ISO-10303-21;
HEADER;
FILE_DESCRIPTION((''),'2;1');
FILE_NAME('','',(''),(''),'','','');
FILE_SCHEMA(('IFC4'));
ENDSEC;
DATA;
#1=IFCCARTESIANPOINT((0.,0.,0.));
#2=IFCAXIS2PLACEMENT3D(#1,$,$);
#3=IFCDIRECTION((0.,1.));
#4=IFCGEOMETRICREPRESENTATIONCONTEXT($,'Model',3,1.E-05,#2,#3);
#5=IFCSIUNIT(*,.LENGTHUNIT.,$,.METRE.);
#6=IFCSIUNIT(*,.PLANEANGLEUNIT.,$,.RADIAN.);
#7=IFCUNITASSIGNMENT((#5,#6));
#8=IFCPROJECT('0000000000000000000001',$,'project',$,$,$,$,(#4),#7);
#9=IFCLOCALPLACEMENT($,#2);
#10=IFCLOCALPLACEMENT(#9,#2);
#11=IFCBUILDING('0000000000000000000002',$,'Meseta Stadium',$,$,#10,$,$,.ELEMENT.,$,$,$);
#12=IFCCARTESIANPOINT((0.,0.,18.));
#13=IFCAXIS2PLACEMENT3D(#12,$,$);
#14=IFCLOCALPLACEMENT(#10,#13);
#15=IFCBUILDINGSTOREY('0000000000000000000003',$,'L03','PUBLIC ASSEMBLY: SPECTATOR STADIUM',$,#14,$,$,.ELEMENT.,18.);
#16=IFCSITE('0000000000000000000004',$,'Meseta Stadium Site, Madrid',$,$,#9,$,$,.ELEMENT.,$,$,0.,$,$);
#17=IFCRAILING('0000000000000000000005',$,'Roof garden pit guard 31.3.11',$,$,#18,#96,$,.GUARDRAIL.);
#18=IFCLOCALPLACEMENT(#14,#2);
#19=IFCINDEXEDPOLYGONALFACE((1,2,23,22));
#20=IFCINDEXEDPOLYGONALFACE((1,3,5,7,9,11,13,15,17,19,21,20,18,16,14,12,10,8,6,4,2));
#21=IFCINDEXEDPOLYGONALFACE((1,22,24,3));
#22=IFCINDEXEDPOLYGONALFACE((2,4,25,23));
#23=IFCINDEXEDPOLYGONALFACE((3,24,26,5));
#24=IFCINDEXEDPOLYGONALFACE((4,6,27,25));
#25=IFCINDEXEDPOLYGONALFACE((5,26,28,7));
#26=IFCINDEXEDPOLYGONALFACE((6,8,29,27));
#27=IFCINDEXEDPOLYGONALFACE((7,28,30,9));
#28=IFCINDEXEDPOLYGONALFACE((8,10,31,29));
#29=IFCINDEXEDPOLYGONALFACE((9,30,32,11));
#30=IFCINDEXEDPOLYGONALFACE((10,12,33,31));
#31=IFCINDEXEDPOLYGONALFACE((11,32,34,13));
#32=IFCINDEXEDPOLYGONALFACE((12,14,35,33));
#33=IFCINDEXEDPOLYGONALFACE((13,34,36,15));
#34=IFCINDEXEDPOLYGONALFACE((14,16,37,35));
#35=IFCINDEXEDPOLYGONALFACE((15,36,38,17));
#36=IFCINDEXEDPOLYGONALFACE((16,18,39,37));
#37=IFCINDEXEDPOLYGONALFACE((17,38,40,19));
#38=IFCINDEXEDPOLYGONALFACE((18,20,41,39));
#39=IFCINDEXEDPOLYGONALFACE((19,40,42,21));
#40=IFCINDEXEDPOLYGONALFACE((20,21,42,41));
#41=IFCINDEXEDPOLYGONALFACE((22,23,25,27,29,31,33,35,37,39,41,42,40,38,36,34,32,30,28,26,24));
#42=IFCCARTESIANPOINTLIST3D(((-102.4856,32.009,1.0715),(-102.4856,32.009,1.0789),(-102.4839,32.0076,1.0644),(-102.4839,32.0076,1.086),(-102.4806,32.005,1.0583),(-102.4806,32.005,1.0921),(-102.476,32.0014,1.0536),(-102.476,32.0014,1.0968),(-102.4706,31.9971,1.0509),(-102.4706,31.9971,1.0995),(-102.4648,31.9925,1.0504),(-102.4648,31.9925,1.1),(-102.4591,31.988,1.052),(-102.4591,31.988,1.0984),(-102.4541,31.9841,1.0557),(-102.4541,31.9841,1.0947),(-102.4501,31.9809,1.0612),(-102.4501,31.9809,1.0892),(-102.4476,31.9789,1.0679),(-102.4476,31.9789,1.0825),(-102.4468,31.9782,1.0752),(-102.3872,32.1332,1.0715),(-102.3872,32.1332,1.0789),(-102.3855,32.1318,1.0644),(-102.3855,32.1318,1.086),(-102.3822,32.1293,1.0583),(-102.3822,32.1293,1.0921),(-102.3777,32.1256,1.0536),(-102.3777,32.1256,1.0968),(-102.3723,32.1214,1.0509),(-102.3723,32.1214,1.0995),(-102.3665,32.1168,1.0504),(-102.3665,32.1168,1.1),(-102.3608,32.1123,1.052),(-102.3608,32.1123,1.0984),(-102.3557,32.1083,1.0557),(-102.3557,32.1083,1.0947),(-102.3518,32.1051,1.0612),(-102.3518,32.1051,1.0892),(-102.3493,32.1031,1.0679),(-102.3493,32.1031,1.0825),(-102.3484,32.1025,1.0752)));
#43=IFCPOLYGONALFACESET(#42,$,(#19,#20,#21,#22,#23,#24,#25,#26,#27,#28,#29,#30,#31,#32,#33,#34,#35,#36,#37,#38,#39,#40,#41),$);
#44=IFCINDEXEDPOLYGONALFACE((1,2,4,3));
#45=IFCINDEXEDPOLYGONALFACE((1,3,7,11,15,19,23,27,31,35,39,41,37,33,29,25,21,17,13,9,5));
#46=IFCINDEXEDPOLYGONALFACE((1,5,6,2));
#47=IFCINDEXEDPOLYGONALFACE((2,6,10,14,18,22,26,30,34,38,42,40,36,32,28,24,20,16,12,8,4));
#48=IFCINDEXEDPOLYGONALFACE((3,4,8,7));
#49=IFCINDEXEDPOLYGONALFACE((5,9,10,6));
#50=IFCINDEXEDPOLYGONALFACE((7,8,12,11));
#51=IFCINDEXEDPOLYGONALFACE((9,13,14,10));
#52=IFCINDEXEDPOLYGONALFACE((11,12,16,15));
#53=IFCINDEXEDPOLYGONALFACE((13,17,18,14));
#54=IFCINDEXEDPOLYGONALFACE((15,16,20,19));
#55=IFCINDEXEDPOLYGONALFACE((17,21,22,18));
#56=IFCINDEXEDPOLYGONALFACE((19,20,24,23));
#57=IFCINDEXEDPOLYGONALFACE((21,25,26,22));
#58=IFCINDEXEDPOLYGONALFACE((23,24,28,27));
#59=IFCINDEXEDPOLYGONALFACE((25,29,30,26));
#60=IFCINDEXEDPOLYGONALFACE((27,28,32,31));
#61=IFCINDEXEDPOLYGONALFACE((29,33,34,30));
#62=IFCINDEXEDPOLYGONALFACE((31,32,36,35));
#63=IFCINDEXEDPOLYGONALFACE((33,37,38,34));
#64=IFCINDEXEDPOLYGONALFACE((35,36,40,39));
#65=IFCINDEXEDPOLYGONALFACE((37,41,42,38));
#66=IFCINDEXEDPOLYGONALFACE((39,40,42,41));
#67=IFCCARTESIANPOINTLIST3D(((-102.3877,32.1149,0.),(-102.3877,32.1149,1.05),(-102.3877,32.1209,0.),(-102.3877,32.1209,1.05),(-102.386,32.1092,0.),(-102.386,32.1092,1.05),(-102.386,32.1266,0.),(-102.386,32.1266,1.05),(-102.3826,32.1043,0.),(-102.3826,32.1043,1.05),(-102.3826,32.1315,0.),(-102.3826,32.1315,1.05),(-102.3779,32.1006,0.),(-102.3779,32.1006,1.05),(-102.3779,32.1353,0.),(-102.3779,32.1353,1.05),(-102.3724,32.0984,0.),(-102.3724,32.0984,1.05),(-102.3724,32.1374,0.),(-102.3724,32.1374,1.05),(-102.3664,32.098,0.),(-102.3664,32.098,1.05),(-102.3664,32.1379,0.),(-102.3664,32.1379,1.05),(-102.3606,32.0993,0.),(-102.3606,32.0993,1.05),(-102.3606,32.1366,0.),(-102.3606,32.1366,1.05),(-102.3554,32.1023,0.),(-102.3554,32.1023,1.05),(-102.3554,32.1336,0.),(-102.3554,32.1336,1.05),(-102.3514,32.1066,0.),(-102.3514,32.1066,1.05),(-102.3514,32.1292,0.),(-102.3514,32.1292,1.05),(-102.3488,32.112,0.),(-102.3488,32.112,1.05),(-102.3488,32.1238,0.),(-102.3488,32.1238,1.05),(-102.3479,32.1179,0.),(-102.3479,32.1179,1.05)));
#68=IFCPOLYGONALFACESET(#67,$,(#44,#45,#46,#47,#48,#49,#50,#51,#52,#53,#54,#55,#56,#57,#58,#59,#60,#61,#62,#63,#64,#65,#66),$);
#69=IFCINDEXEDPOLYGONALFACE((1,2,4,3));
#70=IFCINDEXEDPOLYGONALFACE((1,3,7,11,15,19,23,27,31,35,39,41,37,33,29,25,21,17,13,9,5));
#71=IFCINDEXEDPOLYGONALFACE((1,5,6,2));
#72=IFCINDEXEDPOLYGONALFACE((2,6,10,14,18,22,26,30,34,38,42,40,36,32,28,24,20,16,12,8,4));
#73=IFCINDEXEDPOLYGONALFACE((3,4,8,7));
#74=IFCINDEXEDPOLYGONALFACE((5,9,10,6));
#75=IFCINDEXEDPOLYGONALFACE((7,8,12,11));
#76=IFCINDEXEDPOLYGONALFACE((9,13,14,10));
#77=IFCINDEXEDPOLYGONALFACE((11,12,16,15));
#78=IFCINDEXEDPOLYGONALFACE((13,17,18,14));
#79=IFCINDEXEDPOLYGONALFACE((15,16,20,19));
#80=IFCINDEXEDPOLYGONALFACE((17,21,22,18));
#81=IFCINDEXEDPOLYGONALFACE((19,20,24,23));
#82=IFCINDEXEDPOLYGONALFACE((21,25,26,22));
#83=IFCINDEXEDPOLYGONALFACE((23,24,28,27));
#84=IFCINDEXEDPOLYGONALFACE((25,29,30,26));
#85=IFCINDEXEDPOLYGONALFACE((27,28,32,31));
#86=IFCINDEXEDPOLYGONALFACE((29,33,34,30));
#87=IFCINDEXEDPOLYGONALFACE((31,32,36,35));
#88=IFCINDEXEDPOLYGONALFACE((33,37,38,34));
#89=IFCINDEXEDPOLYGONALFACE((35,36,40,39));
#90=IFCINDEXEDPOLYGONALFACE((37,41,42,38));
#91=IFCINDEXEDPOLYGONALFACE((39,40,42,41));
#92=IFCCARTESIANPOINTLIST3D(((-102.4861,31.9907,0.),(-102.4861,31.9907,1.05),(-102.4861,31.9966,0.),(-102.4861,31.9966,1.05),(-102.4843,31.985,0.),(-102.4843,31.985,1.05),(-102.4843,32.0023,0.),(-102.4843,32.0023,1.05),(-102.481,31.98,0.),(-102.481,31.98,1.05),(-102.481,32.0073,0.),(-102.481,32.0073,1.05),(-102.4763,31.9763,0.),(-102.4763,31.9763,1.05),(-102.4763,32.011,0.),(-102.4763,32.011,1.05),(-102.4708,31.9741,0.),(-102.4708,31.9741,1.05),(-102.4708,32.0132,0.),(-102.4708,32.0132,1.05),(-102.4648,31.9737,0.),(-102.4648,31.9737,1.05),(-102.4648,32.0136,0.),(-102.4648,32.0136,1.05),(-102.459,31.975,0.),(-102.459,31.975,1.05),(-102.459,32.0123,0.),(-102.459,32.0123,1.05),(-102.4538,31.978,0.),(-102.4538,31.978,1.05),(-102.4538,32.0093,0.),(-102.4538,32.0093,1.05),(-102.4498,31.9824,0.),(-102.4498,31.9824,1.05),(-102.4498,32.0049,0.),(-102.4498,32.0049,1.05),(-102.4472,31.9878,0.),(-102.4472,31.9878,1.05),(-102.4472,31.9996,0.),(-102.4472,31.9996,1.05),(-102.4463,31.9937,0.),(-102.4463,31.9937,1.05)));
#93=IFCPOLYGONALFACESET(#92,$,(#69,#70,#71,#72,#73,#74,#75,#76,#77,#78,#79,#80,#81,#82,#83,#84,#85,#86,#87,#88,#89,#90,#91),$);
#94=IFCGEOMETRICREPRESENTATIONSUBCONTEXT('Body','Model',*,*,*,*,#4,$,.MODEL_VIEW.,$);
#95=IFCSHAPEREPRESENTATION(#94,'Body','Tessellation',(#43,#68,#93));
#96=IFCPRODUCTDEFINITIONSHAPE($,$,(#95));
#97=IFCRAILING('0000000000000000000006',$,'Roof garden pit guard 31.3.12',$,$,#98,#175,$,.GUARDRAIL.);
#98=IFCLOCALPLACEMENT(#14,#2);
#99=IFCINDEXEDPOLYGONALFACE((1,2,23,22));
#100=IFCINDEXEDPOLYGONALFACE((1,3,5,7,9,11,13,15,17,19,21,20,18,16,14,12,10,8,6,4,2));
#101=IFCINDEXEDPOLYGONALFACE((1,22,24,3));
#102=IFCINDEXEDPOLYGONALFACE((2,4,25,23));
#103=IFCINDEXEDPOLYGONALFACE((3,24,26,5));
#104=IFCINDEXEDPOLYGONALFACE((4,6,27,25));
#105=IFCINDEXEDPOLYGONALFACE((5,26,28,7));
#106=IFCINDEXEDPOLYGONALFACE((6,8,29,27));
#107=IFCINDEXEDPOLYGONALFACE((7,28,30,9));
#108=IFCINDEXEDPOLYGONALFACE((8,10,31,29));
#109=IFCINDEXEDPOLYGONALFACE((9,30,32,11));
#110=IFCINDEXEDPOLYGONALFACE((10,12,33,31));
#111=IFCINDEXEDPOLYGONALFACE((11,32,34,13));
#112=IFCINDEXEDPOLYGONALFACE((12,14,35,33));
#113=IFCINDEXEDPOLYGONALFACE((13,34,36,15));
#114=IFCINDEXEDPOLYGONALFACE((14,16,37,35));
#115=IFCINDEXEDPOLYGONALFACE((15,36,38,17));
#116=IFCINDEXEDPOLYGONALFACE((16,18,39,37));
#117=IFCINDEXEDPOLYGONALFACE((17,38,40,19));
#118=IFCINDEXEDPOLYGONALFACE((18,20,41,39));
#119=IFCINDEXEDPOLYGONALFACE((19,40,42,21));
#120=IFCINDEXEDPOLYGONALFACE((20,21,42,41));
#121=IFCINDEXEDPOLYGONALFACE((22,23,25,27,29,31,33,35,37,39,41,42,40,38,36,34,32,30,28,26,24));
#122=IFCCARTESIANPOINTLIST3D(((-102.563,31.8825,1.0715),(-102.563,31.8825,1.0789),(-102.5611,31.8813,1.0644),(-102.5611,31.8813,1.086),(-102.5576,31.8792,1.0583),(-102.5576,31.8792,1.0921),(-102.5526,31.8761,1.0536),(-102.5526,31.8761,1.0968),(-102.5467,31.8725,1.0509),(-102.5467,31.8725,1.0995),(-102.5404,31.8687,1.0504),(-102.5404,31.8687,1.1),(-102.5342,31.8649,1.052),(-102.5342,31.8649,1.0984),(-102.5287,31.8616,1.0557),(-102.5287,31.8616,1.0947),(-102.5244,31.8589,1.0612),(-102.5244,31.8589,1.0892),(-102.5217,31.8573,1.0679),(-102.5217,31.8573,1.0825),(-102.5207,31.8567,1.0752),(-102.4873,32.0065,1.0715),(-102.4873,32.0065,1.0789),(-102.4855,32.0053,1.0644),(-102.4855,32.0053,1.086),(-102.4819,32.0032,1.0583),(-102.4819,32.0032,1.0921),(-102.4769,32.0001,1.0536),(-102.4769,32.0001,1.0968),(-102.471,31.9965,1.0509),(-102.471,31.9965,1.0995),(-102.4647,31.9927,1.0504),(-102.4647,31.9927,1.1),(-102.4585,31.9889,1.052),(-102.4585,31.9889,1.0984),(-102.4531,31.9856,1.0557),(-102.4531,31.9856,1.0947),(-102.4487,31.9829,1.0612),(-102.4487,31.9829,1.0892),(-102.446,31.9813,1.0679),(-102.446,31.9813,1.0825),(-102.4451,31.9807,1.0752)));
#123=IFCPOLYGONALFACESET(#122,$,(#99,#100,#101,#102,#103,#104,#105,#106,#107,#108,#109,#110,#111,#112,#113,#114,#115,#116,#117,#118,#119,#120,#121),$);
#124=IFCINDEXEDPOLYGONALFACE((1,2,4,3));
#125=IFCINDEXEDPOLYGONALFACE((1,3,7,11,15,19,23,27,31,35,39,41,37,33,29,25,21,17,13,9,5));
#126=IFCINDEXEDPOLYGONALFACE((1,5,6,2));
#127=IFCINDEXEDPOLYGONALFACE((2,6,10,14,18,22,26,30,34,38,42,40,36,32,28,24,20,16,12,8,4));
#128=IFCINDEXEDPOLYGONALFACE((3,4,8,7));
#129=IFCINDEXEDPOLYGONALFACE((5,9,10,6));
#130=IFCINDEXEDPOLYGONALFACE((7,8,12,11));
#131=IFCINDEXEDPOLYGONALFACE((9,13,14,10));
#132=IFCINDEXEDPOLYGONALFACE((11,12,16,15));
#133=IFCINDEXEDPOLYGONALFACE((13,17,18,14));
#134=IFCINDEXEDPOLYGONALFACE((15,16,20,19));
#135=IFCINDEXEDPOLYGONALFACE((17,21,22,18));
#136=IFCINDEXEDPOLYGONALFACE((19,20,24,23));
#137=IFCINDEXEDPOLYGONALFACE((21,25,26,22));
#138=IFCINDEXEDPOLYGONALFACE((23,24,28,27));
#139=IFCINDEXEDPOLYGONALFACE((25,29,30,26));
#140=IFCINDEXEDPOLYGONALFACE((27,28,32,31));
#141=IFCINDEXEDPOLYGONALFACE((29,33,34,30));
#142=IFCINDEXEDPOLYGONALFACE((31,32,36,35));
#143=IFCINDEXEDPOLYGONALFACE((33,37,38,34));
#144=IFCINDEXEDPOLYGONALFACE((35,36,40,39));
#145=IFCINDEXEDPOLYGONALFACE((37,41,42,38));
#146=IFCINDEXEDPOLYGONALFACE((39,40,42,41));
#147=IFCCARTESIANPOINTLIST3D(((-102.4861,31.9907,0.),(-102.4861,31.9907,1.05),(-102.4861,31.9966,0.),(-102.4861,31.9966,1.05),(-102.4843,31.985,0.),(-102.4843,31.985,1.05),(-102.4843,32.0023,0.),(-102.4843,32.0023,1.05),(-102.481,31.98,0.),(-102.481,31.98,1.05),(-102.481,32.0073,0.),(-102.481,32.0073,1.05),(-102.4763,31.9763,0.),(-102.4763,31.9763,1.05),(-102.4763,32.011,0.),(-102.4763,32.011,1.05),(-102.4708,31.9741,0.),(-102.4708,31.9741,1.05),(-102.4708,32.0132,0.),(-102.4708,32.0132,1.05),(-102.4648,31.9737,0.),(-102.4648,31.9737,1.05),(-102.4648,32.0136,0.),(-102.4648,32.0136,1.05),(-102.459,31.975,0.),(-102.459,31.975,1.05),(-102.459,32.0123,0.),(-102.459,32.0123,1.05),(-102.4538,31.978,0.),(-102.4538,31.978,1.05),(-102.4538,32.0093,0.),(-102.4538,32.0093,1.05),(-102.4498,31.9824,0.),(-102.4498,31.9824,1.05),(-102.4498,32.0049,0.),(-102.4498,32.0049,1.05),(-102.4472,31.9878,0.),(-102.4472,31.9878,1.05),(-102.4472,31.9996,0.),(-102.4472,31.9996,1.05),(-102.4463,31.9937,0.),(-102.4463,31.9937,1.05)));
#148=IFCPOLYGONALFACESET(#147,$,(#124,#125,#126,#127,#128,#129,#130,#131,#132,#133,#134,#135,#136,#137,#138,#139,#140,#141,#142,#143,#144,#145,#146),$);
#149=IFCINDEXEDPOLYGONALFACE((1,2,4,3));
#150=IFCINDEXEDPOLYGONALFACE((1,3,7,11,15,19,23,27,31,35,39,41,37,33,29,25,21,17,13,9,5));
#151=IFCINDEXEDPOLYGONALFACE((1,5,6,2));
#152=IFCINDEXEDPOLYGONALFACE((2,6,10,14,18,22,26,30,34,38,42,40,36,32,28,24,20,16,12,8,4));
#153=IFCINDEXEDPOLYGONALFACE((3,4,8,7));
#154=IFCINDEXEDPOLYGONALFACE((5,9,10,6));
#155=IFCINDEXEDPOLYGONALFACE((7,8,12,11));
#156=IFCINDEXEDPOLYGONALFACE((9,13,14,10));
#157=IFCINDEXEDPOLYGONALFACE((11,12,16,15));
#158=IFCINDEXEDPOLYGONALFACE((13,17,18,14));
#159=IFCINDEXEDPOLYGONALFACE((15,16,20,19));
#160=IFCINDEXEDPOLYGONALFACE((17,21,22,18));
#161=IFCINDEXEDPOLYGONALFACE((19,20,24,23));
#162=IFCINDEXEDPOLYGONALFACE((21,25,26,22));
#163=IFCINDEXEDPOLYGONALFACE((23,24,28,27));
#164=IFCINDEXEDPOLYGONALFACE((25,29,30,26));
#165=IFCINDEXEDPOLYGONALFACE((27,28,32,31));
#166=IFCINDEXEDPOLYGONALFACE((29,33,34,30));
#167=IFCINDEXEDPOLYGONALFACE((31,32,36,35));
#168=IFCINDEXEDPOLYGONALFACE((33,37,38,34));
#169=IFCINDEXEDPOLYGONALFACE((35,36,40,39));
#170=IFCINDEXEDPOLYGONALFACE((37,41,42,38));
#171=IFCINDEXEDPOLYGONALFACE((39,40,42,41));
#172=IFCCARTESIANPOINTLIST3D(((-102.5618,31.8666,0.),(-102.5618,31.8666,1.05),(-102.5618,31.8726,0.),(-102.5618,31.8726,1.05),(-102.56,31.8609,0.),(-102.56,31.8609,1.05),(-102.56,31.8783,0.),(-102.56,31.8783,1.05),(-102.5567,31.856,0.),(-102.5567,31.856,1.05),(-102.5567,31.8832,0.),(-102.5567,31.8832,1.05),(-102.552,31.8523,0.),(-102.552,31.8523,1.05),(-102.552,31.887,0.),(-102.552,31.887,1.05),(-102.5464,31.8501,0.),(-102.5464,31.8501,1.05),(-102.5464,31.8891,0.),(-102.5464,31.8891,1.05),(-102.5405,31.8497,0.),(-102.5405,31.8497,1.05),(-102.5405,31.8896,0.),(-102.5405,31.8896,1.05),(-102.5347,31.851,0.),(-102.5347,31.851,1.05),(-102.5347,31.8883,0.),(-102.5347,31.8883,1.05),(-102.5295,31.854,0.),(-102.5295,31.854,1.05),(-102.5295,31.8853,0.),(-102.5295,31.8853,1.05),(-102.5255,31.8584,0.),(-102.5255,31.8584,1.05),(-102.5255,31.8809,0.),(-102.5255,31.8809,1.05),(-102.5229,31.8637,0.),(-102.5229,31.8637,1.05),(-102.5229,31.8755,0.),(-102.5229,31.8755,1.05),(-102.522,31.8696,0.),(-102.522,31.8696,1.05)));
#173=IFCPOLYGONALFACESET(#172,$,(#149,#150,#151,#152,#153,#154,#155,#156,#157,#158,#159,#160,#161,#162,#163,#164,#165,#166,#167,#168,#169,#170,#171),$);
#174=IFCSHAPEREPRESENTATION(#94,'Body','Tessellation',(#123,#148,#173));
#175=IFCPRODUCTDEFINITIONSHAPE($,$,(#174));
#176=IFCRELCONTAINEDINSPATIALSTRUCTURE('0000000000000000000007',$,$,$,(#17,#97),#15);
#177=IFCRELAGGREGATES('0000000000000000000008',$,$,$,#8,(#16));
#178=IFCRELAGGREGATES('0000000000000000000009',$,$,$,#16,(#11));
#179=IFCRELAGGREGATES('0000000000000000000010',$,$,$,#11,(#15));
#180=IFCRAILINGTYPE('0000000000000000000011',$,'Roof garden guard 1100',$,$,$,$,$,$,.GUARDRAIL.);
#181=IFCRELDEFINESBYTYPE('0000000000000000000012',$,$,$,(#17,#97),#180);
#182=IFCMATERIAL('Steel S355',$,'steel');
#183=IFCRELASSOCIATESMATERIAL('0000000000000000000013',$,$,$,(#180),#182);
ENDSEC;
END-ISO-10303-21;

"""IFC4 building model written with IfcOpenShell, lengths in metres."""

from ifc_helpers import new_model, si_unit, direction, frame, origin, origin_2d, place, context, subcontext, project, spatial, circle, extrude, material, type_object, element, save


model = new_model("IFC4")

# Units and contexts
model_context = context("Model", 3, precision=1e-05, world=origin(), true_north=direction((0.0, 1.0)))
body_context = subcontext(model_context, "Body", "Model", "MODEL_VIEW")
ifc_project = project(units=[si_unit("LENGTHUNIT", "METRE"), si_unit("PLANEANGLEUNIT", "RADIAN")], contexts=[model_context])

# Site, building, storey
site_placement = place(None, origin())
site = spatial("IfcSite", under=ifc_project, at=site_placement, Name="Meseta Stadium Site, Madrid", CompositionType="ELEMENT", RefElevation=0.0)
building_placement = place(site_placement, origin())
building = spatial("IfcBuilding", under=site, at=building_placement, Name="Meseta Stadium", CompositionType="ELEMENT")
storey_placement = place(building_placement, frame((0.0, 0.0, 18.0)))
storey = spatial("IfcBuildingStorey", under=building, at=storey_placement, Name="L03", Description="PUBLIC ASSEMBLY: SPECTATOR STADIUM", CompositionType="ELEMENT", Elevation=18.0)

# Railings
ifc_material_1 = material(Name="Steel S355", Category="steel")
railing_type = type_object("IfcRailingType", Name="Roof garden guard 1100", PredefinedType="GUARDRAIL", material=ifc_material_1)
railing_1_placement = place(storey_placement, frame((-102.3679, 32.1179, 0.0)))
element("IfcRailing", 1, at=railing_1_placement, inside=storey, type_object=railing_type, Name="Roof garden pit guard 31.3.11", PredefinedType="GUARDRAIL", context=body_context, shape_type="SweptSolid", body=[
    extrude(circle(Radius=0.0249, at=origin_2d()), frame((0.0, 0.0, 1.0752), z_axis=(-0.620742, -0.784015, 0.0), x_axis=(0.784015, -0.620742, 0.0)), (0.0, 0.0, 1.0), 0.1584),
    extrude(circle(Radius=0.02, at=origin_2d()), origin(), (0.0, 0.0, 1.0), 1.05),
    extrude(circle(Radius=0.02, at=origin_2d()), frame((-0.0984, -0.1243, 0.0)), (0.0, 0.0, 1.0), 1.05),
])
railing_2_placement = place(storey_placement, frame((-102.4663, 31.9937, 0.0)))
element("IfcRailing", 2, at=railing_2_placement, inside=storey, type_object=railing_type, Name="Roof garden pit guard 31.3.12", PredefinedType="GUARDRAIL", context=body_context, shape_type="SweptSolid", body=[
    extrude(circle(Radius=0.0249, at=origin_2d()), frame((0.0, 0.0, 1.0752), z_axis=(-0.520906, -0.853614, 0.0), x_axis=(0.853614, -0.520906, 0.0)), (0.0, 0.0, 1.0), 0.1453),
    extrude(circle(Radius=0.02, at=origin_2d()), origin(), (0.0, 0.0, 1.0), 1.05),
    extrude(circle(Radius=0.02, at=origin_2d()), frame((-0.0757, -0.124, 0.0)), (0.0, 0.0, 1.0), 1.05),
])

save(model, "model.ifc")
